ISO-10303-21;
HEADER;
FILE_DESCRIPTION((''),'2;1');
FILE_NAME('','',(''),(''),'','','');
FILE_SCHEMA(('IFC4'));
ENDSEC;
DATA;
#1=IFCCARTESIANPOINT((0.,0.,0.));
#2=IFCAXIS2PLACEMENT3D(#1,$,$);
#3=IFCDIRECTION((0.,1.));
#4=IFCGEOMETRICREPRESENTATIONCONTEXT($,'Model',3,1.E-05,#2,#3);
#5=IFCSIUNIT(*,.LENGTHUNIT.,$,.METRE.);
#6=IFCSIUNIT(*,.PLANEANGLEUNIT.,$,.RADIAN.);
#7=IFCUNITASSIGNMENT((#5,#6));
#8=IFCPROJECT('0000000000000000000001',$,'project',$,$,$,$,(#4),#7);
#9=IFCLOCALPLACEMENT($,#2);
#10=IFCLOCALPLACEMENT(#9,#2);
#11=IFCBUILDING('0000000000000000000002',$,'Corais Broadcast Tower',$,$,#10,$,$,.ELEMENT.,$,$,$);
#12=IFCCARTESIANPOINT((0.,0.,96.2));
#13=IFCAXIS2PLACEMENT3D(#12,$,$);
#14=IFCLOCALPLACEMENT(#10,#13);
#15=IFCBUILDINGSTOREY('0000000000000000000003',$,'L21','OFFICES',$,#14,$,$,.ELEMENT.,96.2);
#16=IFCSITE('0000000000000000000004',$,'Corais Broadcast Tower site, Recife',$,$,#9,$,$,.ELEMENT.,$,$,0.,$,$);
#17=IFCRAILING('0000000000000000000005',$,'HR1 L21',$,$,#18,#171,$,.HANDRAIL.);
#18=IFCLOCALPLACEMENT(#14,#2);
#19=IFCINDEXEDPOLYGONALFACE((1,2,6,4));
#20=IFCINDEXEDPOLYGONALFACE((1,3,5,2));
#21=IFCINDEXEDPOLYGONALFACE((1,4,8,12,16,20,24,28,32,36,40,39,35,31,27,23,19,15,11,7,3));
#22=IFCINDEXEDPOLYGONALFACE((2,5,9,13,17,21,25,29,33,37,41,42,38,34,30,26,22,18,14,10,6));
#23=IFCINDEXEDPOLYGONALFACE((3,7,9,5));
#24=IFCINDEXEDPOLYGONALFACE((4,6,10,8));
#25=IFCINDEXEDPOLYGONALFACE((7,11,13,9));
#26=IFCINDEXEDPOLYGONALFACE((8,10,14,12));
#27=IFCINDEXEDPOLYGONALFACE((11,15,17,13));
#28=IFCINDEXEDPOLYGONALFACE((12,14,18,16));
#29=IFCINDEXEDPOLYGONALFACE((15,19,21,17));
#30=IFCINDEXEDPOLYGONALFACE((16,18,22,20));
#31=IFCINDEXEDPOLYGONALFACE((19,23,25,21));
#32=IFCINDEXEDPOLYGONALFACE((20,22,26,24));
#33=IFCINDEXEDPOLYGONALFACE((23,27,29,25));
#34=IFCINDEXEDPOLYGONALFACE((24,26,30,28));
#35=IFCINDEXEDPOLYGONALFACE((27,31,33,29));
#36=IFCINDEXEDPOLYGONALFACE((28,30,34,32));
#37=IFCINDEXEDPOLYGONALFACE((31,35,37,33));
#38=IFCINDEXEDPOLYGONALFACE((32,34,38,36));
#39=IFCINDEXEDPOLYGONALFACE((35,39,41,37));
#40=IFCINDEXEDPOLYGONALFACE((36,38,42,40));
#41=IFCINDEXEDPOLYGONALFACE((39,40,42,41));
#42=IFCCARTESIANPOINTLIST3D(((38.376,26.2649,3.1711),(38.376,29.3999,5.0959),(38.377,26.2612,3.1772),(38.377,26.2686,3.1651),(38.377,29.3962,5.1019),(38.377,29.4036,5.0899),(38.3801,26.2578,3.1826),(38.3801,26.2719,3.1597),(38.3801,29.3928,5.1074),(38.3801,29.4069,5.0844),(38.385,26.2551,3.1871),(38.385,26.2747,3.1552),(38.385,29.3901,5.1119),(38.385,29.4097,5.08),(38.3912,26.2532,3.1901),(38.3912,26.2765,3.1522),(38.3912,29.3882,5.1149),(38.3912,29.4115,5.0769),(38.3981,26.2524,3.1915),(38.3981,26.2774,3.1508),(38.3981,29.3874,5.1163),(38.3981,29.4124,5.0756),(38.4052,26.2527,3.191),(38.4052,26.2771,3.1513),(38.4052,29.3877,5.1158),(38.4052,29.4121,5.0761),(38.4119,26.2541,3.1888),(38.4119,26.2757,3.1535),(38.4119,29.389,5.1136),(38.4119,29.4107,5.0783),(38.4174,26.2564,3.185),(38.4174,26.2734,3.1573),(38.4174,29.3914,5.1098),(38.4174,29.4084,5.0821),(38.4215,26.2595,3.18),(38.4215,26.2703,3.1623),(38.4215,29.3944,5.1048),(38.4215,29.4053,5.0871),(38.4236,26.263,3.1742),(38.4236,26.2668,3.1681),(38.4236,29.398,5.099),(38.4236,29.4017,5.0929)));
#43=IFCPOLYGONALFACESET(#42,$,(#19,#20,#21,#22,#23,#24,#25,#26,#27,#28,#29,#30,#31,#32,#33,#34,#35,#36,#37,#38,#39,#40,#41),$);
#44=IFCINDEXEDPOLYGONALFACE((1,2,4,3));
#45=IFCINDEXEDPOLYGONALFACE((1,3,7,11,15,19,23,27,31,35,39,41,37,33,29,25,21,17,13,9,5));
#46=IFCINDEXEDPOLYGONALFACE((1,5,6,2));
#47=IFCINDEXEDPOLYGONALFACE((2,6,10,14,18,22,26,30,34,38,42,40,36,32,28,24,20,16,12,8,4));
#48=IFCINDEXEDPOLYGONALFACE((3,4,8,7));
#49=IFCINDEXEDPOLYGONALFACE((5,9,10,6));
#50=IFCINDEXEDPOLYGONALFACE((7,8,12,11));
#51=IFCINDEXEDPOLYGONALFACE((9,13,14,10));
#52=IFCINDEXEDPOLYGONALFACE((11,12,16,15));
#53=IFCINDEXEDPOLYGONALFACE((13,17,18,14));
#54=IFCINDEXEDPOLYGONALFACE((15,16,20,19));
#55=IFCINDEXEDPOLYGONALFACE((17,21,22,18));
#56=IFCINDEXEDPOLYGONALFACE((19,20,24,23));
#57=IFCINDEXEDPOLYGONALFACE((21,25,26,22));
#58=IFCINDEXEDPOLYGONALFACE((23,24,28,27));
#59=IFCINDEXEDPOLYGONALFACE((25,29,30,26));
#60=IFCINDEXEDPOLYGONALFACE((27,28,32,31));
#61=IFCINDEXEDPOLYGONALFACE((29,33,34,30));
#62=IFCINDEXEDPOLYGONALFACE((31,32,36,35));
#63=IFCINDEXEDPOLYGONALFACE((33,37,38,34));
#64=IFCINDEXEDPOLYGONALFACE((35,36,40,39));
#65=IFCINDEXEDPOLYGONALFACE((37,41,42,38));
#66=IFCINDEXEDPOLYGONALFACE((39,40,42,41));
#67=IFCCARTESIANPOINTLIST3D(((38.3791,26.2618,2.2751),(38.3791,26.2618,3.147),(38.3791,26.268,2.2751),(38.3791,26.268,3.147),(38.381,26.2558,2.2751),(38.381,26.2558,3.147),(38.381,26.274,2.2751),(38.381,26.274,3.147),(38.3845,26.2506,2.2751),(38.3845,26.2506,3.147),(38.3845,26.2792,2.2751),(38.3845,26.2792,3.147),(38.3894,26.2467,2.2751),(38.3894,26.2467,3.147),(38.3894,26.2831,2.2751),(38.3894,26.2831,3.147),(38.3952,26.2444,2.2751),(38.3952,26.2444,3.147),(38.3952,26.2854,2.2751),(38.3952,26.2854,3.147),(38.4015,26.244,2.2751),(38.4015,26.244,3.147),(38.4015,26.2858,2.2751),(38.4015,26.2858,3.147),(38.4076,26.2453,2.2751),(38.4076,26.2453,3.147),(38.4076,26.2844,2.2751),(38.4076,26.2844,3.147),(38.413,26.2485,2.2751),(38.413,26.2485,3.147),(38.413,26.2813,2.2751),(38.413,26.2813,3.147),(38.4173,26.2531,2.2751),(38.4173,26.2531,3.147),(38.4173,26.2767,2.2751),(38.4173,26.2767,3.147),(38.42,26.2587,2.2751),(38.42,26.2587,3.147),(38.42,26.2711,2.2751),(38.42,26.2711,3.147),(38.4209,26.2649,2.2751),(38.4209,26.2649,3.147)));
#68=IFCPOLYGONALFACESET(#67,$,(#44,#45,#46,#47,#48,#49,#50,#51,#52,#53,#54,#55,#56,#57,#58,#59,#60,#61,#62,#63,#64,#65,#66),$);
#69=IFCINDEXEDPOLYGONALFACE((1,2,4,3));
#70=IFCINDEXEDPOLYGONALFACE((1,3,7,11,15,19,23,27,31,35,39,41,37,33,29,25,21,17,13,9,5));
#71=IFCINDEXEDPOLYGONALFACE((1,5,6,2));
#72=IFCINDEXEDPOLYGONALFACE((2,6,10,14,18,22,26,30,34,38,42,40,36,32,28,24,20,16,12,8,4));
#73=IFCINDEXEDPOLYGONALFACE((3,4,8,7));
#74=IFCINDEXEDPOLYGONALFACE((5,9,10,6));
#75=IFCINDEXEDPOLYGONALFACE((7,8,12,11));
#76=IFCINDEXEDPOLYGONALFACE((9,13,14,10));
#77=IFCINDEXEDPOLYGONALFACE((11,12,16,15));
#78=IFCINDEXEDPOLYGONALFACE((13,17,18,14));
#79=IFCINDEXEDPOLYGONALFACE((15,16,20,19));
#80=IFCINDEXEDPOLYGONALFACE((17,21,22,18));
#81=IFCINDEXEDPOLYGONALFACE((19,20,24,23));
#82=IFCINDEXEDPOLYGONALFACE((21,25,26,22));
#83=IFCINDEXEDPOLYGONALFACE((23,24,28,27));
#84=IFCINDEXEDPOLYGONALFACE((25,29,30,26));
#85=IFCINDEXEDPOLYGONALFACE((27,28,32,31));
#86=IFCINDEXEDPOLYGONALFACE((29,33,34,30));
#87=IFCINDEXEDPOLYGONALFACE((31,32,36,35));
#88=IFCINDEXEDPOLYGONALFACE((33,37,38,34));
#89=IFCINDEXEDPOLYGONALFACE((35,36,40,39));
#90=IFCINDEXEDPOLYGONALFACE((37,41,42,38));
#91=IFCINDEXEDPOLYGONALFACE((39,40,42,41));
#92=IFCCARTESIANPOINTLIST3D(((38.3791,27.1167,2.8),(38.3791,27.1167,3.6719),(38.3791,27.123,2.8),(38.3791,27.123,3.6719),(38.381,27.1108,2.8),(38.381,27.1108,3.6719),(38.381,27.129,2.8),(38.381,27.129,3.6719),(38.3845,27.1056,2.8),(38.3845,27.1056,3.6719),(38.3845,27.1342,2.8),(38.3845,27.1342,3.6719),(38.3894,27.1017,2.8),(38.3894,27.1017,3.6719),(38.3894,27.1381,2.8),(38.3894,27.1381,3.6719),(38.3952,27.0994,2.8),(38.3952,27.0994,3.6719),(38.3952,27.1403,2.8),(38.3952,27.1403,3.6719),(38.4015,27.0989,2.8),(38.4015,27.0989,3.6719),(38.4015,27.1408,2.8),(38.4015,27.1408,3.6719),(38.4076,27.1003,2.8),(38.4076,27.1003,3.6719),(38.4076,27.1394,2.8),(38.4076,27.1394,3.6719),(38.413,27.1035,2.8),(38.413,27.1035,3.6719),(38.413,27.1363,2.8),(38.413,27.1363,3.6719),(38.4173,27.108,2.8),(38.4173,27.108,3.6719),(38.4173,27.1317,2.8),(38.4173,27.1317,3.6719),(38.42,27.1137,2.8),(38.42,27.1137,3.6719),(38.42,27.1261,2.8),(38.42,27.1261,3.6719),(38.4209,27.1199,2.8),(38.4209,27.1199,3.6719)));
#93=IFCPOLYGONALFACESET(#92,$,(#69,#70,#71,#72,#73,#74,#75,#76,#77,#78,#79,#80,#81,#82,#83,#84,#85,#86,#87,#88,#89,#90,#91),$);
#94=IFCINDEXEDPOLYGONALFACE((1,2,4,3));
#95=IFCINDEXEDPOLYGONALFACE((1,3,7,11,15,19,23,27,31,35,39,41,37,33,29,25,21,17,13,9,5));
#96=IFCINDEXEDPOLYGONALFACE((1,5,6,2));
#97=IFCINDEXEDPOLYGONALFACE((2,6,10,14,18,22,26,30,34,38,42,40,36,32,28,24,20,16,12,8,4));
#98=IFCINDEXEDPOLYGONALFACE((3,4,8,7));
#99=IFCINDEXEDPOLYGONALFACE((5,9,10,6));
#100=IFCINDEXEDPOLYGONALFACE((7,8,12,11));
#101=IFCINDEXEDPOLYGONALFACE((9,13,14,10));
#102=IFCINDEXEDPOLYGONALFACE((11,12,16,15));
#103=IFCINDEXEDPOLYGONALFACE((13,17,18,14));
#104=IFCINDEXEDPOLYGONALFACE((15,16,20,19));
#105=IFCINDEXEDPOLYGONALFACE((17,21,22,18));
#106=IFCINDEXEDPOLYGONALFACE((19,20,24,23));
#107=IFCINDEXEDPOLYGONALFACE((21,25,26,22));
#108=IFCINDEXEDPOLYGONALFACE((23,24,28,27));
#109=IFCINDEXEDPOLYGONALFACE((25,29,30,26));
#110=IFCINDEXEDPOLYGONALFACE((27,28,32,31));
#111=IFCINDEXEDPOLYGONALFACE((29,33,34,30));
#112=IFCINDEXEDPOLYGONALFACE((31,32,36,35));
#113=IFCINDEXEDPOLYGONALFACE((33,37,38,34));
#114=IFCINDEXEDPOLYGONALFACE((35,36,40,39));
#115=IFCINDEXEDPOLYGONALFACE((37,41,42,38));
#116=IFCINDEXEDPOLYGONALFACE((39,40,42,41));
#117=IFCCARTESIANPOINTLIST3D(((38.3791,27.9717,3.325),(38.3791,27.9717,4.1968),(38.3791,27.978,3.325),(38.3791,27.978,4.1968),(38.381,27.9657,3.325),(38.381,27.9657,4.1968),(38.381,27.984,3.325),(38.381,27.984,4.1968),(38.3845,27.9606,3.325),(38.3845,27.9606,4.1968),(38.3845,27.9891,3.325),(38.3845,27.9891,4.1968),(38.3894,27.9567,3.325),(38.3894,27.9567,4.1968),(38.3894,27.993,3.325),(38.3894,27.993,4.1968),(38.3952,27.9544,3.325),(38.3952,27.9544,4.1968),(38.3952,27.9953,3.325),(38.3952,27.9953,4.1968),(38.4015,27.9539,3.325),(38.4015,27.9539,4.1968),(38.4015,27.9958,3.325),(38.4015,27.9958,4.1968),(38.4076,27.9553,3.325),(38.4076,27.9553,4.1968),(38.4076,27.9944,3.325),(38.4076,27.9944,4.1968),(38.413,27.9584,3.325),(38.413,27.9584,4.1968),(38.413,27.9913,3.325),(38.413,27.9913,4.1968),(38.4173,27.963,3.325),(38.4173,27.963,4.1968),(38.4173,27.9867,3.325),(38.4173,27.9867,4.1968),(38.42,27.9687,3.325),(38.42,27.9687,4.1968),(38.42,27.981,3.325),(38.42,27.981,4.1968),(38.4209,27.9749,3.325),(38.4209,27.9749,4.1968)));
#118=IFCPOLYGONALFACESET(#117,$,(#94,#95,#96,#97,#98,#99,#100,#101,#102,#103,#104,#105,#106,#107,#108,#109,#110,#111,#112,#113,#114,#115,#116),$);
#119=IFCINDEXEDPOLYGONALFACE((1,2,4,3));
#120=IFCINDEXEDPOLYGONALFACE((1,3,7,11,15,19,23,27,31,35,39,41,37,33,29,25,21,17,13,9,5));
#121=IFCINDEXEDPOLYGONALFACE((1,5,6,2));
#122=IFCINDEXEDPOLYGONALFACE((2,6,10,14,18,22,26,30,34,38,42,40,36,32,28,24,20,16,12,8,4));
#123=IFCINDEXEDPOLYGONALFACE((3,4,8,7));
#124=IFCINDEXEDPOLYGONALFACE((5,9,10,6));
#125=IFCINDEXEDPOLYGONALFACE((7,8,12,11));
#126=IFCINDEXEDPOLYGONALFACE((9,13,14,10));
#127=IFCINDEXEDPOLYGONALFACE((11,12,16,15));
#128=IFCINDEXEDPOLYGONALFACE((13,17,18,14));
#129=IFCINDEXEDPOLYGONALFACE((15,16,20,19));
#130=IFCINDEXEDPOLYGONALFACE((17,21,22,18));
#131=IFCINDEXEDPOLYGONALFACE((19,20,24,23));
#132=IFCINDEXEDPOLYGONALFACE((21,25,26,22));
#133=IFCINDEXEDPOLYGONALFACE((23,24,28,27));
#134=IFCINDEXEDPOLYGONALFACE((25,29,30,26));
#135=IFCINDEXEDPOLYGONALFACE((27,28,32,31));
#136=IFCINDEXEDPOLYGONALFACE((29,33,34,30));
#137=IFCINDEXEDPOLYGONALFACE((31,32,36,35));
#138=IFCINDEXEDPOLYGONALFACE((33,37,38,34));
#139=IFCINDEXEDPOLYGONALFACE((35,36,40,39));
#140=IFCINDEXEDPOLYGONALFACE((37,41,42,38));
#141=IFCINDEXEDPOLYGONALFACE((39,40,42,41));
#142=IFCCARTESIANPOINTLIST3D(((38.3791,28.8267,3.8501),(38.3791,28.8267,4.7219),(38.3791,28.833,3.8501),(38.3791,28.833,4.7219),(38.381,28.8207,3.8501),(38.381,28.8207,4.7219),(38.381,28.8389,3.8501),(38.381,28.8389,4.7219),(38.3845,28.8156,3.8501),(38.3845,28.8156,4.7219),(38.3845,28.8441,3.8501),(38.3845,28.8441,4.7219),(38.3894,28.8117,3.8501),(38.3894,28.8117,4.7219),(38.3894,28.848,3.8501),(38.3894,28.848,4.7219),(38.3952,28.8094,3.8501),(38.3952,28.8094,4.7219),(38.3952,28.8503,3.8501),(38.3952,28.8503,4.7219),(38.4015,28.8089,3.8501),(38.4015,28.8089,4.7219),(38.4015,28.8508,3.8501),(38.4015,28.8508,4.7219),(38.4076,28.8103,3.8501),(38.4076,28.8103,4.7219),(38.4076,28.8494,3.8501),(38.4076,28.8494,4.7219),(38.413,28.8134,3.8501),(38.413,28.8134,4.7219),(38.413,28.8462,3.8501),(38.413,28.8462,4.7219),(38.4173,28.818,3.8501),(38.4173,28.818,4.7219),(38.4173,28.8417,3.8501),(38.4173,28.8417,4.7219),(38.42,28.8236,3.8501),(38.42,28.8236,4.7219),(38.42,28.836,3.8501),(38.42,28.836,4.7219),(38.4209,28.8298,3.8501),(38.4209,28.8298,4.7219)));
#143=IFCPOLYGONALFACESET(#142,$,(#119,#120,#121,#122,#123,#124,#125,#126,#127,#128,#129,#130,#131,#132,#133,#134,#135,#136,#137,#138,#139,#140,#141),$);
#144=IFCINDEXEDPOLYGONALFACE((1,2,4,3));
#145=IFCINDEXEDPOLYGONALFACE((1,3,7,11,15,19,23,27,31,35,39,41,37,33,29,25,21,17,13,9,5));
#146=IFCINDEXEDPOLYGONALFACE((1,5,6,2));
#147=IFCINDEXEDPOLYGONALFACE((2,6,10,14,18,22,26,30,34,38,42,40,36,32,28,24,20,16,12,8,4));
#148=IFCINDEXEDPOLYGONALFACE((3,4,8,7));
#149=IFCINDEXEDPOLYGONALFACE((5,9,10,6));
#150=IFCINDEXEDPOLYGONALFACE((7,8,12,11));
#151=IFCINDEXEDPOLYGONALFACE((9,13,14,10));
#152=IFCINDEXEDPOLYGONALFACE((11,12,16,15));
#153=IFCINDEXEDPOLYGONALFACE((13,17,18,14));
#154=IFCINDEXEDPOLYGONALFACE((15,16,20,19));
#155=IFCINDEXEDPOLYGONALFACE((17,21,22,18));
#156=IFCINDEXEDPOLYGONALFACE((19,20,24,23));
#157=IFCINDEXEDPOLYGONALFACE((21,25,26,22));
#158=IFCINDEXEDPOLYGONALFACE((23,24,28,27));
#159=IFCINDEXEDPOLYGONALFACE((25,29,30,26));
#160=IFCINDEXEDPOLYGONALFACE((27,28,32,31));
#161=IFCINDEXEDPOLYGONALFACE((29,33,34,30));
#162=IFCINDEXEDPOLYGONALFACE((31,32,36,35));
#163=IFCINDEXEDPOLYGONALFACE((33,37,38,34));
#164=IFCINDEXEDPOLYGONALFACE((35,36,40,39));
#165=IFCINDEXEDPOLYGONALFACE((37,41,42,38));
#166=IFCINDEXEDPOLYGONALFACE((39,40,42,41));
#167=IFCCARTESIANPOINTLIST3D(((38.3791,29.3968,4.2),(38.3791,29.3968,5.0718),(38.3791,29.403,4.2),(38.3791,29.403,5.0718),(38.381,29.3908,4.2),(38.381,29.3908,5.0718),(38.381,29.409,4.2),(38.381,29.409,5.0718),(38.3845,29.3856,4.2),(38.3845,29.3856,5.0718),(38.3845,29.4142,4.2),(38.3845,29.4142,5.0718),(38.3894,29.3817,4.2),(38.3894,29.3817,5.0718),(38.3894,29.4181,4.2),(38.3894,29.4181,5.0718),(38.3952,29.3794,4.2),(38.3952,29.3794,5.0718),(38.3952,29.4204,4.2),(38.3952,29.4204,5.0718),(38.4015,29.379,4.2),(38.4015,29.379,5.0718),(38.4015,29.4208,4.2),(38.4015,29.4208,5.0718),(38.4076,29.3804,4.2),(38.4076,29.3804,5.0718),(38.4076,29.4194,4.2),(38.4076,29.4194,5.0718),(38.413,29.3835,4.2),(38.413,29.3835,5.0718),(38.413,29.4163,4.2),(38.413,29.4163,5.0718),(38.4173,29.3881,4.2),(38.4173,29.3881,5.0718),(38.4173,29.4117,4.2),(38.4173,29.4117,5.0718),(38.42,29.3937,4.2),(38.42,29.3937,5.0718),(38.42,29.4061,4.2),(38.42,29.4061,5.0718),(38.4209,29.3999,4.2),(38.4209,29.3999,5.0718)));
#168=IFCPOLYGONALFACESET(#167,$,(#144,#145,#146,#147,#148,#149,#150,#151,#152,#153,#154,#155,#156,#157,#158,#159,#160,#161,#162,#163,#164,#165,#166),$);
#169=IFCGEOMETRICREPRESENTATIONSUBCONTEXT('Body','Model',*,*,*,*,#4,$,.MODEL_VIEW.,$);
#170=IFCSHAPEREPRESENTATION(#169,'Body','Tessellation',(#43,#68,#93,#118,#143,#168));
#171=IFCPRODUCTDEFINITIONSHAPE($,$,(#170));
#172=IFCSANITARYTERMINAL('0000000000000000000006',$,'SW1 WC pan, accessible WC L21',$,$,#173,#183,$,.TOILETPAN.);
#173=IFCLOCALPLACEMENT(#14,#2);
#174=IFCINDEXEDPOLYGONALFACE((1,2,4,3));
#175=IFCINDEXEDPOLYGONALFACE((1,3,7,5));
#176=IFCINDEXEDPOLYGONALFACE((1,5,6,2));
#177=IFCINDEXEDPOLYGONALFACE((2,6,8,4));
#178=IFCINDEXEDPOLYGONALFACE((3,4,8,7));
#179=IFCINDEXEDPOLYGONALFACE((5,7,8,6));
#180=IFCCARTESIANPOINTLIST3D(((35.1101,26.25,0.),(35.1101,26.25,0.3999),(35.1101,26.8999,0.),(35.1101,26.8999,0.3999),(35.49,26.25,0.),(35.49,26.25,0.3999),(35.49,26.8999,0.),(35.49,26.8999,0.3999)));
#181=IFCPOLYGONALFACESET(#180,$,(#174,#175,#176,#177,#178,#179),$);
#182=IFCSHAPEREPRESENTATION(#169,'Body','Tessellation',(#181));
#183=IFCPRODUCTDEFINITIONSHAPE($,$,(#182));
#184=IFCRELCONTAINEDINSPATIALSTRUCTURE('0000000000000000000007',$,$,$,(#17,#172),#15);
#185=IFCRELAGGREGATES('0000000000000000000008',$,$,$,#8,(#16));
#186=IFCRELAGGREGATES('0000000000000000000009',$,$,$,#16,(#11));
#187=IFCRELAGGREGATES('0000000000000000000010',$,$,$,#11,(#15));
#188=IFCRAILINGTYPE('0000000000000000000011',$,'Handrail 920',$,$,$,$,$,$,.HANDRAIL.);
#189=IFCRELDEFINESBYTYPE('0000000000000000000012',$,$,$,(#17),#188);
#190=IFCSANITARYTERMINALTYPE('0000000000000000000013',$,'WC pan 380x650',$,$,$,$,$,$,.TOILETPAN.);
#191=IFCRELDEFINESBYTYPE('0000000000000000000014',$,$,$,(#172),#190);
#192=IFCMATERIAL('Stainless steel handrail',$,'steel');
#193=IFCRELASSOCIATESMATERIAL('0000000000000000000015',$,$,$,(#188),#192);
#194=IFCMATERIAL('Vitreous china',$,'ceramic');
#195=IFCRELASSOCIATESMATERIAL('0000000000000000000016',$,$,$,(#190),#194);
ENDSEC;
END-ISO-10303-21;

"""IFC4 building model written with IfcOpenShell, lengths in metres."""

from ifc_helpers import new_model, si_unit, direction, frame, origin, origin_2d, place, context, subcontext, project, spatial, rectangle, circle, extrude, material, type_object, element, save


model = new_model("IFC4")

# Units and contexts
model_context = context("Model", 3, precision=1e-05, world=origin(), true_north=direction((0.0, 1.0)))
body_context = subcontext(model_context, "Body", "Model", "MODEL_VIEW")
ifc_project = project(units=[si_unit("LENGTHUNIT", "METRE"), si_unit("PLANEANGLEUNIT", "RADIAN")], contexts=[model_context])

# Site, building, storey
site_placement = place(None, origin())
site = spatial("IfcSite", under=ifc_project, at=site_placement, Name="Corais Broadcast Tower site, Recife", CompositionType="ELEMENT", RefElevation=0.0)
building_placement = place(site_placement, origin())
building = spatial("IfcBuilding", under=site, at=building_placement, Name="Corais Broadcast Tower", CompositionType="ELEMENT")
storey_placement = place(building_placement, frame((0.0, 0.0, 96.2)))
storey = spatial("IfcBuildingStorey", under=building, at=storey_placement, Name="L21", Description="OFFICES", CompositionType="ELEMENT", Elevation=96.2)

# Railing
ifc_material_1 = material(Name="Stainless steel handrail", Category="steel")
railing_type = type_object("IfcRailingType", Name="Handrail 920", PredefinedType="HANDRAIL", material=ifc_material_1)
for number, where, name in (
    (1, (38.3999, 26.2649, 2.2751), "HR1 L21"),
):
    element("IfcRailing", number, at=place(storey_placement, frame(where)), inside=storey, type_object=railing_type, Name=name, PredefinedType="HANDRAIL", context=body_context, shape_type="SweptSolid", body=[
        extrude(circle(Radius=0.0239, at=origin_2d()), frame((0.0, 0.0, 0.896), z_axis=(0.0, 0.852196, 0.523223), x_axis=(-1.0, 0.0, 0.0)), (0.0, 0.0, 1.0), 3.6787),
        extrude(circle(Radius=0.021, at=origin_2d()), origin(), (0.0, 0.0, 1.0), 0.8718),
        extrude(circle(Radius=0.021, at=origin_2d()), frame((0.0, 0.855, 0.5249)), (0.0, 0.0, 1.0), 0.8718),
        extrude(circle(Radius=0.021, at=origin_2d()), frame((0.0, 1.71, 1.0498)), (0.0, 0.0, 1.0), 0.8718),
        extrude(circle(Radius=0.021, at=origin_2d()), frame((0.0, 2.5649, 1.575)), (0.0, 0.0, 1.0), 0.8718),
        extrude(circle(Radius=0.021, at=origin_2d()), frame((0.0, 3.135, 1.9248)), (0.0, 0.0, 1.0), 0.8718),
    ])

# Sanitary terminal
ifc_material_2 = material(Name="Vitreous china", Category="ceramic")
sanitary_terminal_type = type_object("IfcSanitaryTerminalType", Name="WC pan 380x650", PredefinedType="TOILETPAN", material=ifc_material_2)
sanitary_terminal_placement = place(storey_placement, frame((35.3, 26.575, 0.0), z_axis=(0.0, 0.0, 1.0), x_axis=(1.0, 0.0, 0.0)))
element("IfcSanitaryTerminal", 2, at=sanitary_terminal_placement, inside=storey, type_object=sanitary_terminal_type, Name="SW1 WC pan, accessible WC L21", PredefinedType="TOILETPAN", context=body_context, shape_type="SweptSolid", body=[
    extrude(rectangle(XDim=0.3799, YDim=0.6499, at=origin_2d()), origin(), (0.0, 0.0, 1.0), 0.3999),
])

save(model, "model.ifc")
